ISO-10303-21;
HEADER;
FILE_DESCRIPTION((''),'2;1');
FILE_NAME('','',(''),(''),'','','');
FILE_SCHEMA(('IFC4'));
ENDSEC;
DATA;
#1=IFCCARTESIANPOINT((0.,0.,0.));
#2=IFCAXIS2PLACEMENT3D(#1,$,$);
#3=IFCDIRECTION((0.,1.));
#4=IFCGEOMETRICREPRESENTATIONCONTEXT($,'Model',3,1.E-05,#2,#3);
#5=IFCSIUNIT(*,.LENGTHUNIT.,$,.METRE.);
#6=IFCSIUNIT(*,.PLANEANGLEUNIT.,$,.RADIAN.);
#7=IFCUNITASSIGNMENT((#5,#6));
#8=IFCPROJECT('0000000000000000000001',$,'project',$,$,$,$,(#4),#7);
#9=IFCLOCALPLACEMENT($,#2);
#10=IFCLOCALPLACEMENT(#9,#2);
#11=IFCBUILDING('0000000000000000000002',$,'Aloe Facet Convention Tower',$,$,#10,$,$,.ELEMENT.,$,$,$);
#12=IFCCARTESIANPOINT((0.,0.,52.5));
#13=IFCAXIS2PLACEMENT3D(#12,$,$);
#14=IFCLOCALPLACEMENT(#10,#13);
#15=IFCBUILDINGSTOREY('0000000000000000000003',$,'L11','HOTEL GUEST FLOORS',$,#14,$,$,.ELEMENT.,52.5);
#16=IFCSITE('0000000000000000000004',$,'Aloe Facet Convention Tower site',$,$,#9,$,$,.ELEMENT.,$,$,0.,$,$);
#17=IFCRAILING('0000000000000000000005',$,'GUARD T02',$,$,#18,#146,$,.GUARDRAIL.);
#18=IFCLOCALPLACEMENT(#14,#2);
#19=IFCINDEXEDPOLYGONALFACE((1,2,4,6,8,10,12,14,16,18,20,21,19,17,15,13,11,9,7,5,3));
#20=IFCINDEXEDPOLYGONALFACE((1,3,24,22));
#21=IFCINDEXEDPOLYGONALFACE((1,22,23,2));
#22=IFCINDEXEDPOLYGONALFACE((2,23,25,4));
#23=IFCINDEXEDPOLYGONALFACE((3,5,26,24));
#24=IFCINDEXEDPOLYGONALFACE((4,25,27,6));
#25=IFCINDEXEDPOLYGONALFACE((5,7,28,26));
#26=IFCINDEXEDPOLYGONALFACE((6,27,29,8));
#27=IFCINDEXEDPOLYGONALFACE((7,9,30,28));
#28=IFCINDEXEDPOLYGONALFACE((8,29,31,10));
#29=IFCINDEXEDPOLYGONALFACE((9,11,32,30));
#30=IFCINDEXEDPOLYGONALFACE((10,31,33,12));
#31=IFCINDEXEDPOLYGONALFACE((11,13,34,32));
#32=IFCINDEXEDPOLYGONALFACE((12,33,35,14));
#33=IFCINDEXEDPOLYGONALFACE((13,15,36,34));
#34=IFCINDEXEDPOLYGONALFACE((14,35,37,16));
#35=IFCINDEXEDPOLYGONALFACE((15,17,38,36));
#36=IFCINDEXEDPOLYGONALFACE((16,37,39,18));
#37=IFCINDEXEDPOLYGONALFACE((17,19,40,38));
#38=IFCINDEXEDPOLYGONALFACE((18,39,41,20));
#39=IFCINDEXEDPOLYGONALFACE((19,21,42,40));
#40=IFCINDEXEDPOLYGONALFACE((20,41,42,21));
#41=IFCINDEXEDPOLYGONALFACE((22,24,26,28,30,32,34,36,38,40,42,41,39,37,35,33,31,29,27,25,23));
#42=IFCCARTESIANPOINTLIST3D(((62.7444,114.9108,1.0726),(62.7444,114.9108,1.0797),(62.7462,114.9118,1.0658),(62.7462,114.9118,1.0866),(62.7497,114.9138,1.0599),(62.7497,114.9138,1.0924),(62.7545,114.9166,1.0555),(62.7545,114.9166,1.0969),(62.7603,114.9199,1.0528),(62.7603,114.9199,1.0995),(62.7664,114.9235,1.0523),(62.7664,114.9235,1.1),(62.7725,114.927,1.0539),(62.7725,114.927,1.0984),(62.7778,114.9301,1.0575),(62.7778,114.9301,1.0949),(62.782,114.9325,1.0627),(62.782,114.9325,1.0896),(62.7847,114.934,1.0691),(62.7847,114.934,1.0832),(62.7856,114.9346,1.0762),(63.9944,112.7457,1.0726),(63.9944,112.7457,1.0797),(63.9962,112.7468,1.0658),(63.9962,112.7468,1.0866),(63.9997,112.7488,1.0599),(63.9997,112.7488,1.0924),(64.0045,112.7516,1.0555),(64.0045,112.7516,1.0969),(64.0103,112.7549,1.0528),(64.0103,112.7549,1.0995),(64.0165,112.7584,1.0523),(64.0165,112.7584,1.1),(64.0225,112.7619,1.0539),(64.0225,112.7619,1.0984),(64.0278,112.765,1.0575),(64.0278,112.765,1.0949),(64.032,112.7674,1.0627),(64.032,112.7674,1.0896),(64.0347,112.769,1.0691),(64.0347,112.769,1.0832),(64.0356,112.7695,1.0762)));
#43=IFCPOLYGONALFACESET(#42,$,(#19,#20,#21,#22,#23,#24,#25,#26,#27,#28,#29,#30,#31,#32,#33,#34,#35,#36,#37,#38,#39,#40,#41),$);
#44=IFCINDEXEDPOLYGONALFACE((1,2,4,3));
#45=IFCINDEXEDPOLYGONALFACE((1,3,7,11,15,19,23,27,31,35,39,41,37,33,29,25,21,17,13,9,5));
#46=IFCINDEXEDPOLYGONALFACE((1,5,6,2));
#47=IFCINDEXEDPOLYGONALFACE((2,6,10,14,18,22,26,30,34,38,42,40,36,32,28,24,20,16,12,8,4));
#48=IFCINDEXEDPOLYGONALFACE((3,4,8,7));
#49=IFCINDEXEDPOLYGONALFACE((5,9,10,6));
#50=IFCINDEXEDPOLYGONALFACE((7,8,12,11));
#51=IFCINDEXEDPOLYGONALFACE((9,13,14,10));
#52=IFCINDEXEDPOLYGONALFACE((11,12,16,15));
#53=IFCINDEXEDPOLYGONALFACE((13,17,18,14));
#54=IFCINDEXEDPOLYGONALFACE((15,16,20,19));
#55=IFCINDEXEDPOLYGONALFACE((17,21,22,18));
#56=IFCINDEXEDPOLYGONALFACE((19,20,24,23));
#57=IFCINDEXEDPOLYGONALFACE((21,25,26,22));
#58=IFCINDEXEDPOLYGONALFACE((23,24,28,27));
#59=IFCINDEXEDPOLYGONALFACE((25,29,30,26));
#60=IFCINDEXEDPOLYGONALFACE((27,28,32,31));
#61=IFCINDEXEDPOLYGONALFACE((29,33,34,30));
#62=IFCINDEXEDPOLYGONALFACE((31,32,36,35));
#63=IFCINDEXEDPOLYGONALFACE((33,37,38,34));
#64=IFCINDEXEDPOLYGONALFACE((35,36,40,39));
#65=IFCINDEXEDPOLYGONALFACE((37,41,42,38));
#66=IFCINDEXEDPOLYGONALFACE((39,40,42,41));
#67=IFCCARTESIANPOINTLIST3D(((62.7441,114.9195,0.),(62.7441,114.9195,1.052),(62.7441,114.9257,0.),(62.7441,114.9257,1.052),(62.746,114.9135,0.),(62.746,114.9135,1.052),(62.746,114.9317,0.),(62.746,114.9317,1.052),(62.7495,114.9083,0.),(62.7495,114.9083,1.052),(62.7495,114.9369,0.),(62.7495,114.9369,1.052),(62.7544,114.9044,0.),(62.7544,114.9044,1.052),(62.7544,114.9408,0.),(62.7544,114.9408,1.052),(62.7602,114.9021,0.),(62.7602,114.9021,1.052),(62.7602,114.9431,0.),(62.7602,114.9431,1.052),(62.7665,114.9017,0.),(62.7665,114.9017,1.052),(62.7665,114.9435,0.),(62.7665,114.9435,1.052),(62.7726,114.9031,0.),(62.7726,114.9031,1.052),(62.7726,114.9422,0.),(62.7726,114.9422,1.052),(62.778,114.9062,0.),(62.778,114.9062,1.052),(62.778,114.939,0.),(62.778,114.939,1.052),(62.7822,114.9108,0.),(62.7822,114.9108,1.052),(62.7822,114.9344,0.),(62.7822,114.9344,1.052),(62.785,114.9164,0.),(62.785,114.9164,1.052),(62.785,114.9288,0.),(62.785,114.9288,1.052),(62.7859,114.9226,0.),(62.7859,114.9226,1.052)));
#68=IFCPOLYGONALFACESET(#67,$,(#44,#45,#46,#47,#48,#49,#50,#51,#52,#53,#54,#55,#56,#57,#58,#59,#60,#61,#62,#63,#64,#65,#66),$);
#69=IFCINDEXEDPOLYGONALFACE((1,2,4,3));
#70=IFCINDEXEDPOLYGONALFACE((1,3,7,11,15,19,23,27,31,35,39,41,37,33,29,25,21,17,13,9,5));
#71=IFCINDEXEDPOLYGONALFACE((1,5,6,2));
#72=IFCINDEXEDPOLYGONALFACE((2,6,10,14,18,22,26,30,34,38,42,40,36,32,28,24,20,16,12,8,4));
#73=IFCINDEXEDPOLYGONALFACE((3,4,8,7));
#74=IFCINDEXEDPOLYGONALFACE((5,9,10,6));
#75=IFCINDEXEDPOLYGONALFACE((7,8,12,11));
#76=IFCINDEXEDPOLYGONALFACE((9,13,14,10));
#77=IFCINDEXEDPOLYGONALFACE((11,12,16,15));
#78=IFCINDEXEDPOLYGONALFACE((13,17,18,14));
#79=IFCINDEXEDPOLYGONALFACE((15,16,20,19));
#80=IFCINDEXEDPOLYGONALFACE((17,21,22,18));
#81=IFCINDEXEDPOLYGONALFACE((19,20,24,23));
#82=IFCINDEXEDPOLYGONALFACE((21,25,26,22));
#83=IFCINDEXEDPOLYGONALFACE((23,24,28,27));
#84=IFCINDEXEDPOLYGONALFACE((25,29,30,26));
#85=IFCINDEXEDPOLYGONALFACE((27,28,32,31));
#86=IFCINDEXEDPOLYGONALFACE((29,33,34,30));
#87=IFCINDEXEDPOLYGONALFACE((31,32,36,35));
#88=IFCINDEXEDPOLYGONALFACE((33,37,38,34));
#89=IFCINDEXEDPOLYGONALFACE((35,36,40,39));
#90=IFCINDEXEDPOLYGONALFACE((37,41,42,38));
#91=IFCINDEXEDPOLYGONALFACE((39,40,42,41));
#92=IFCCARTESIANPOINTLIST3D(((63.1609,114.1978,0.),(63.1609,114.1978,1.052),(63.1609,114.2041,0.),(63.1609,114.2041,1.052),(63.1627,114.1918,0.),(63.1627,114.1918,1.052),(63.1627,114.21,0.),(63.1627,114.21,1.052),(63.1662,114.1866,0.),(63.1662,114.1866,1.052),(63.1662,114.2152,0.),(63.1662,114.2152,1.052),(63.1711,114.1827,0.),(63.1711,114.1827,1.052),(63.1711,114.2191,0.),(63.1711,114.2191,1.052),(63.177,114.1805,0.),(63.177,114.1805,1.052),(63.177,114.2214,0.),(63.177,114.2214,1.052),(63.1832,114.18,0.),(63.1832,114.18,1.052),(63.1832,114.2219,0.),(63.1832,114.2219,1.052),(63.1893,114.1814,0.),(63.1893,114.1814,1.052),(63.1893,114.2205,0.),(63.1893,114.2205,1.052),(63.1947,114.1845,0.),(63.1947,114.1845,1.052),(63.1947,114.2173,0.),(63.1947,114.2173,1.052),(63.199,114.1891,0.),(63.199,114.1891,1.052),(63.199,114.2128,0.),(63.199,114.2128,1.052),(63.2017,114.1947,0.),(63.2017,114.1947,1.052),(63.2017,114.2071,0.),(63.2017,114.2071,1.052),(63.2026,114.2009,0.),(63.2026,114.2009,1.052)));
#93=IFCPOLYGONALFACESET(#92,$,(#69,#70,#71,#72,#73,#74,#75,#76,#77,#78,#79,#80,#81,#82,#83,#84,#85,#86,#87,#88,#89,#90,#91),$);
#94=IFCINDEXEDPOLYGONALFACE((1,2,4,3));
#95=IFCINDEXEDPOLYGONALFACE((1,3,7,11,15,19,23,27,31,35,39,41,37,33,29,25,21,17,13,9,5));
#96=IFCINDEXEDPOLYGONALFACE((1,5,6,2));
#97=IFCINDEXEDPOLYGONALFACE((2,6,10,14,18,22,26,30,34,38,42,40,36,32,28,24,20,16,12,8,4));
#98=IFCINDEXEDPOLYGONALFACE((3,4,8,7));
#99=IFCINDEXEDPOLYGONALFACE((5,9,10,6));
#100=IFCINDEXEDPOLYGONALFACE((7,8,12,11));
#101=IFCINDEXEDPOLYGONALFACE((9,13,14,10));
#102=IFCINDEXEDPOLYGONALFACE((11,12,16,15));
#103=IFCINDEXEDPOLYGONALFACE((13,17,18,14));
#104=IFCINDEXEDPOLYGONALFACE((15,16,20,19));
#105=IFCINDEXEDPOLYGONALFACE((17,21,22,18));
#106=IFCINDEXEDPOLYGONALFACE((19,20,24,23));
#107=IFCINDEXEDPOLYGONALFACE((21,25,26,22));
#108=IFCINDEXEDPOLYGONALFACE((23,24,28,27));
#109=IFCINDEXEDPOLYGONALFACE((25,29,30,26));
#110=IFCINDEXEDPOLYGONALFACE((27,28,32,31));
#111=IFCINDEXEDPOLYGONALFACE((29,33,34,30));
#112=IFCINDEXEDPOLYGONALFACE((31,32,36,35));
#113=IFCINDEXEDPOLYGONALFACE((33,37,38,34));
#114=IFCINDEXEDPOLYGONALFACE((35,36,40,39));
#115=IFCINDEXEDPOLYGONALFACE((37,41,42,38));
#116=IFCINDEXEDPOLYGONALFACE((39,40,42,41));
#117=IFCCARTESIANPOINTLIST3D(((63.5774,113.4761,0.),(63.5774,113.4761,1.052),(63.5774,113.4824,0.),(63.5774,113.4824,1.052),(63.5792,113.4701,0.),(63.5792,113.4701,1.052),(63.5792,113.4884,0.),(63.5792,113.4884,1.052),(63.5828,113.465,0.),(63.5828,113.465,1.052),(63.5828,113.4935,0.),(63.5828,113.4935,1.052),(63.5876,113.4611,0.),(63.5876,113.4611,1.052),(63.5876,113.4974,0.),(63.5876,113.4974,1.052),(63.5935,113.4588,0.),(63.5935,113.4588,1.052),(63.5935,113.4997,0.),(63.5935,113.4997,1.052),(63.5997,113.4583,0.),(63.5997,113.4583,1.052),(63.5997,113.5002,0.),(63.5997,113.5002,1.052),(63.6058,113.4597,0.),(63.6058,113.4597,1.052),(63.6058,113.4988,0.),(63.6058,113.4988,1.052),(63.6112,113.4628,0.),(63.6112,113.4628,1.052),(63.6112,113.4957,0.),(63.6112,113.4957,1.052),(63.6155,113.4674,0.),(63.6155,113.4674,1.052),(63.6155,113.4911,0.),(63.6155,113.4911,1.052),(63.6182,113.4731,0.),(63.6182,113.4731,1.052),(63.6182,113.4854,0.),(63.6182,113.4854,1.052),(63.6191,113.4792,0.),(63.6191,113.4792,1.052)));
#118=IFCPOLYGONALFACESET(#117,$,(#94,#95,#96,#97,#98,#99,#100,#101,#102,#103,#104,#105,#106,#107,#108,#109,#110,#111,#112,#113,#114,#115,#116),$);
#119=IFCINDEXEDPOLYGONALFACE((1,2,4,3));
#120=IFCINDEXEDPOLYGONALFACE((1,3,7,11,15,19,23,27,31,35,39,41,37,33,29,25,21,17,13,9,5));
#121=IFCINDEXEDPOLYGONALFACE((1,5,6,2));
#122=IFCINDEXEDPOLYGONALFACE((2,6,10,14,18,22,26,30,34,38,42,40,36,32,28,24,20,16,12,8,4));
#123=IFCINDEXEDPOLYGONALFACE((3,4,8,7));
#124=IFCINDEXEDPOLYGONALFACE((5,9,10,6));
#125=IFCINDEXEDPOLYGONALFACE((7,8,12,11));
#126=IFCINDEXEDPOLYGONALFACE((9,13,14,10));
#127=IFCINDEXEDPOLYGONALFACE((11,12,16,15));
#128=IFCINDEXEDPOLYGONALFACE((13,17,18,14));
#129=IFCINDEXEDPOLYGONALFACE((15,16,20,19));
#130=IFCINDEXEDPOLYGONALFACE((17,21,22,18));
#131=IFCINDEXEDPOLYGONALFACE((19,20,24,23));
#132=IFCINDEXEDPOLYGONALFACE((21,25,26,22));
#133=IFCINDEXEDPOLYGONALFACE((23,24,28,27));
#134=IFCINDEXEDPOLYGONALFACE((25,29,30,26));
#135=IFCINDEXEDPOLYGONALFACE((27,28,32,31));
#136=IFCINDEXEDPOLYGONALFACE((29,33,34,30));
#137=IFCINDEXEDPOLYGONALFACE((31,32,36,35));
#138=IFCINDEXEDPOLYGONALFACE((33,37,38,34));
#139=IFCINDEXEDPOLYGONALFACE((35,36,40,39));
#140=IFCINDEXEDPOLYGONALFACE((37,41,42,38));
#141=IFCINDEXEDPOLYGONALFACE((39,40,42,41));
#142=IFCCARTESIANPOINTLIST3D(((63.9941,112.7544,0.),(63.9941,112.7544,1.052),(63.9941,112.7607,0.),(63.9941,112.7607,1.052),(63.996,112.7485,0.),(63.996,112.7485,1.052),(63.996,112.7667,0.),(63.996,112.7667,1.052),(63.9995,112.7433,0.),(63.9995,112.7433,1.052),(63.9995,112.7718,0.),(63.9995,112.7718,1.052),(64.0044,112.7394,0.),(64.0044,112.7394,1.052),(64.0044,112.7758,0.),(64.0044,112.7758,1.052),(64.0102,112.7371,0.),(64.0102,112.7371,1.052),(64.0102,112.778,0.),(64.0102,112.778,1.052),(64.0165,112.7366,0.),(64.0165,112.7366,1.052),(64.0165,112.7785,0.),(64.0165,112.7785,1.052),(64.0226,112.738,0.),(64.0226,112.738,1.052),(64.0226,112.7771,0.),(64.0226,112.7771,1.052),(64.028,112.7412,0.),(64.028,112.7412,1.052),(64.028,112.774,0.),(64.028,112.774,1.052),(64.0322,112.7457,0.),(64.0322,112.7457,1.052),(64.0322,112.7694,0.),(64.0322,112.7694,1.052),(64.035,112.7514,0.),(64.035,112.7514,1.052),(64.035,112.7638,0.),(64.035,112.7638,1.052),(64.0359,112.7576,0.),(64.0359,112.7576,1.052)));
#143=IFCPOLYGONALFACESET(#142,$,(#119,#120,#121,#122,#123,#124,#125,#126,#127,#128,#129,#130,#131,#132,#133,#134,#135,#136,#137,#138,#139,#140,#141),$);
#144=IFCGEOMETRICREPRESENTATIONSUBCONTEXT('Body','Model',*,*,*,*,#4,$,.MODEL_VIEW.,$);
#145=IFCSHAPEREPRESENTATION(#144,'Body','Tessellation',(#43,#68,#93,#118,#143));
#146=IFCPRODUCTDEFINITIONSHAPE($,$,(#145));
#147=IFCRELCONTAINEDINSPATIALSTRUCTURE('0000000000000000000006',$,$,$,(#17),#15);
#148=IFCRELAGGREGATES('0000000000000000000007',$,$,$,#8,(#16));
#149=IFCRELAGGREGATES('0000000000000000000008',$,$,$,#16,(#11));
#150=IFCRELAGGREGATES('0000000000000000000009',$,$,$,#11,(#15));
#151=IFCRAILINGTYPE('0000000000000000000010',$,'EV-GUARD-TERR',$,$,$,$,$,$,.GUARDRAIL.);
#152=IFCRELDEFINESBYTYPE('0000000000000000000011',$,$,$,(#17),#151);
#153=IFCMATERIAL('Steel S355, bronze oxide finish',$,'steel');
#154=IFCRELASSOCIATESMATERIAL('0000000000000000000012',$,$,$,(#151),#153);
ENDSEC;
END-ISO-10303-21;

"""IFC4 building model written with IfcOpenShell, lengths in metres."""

from ifc_helpers import new_model, si_unit, direction, frame, origin, origin_2d, place, context, subcontext, project, spatial, circle, extrude, material, type_object, element, save


model = new_model("IFC4")

# Units and contexts
model_context = context("Model", 3, precision=1e-05, world=origin(), true_north=direction((0.0, 1.0)))
body_context = subcontext(model_context, "Body", "Model", "MODEL_VIEW")
ifc_project = project(units=[si_unit("LENGTHUNIT", "METRE"), si_unit("PLANEANGLEUNIT", "RADIAN")], contexts=[model_context])

# Site, building, storey
site_placement = place(None, origin())
site = spatial("IfcSite", under=ifc_project, at=site_placement, Name="Aloe Facet Convention Tower site", CompositionType="ELEMENT", RefElevation=0.0)
building_placement = place(site_placement, origin())
building = spatial("IfcBuilding", under=site, at=building_placement, Name="Aloe Facet Convention Tower", CompositionType="ELEMENT")
storey_placement = place(building_placement, frame((0.0, 0.0, 52.5)))
storey = spatial("IfcBuildingStorey", under=building, at=storey_placement, Name="L11", Description="HOTEL GUEST FLOORS", CompositionType="ELEMENT", Elevation=52.5)

# Railing
ifc_material_1 = material(Name="Steel S355, bronze oxide finish", Category="steel")
railing_type = type_object("IfcRailingType", Name="EV-GUARD-TERR", PredefinedType="GUARDRAIL", material=ifc_material_1)
railing_placement = place(storey_placement, frame((62.7649, 114.9226, 0.0)))
element("IfcRailing", 1, at=railing_placement, inside=storey, type_object=railing_type, Name="GUARD T02", PredefinedType="GUARDRAIL", context=body_context, shape_type="SweptSolid", body=[
    extrude(circle(Radius=0.0239, at=origin_2d()), frame((0.0, 0.0, 1.0762), z_axis=(0.500004, -0.866023, 0.0), x_axis=(0.866023, 0.500004, 0.0)), (0.0, 0.0, 1.0), 2.5),
    extrude(circle(Radius=0.021, at=origin_2d()), origin(), (0.0, 0.0, 1.0), 1.052),
    extrude(circle(Radius=0.021, at=origin_2d()), frame((0.4167, -0.7217, 0.0)), (0.0, 0.0, 1.0), 1.052),
    extrude(circle(Radius=0.021, at=origin_2d()), frame((0.8333, -1.4434, 0.0)), (0.0, 0.0, 1.0), 1.052),
    extrude(circle(Radius=0.021, at=origin_2d()), frame((1.25, -2.165, 0.0)), (0.0, 0.0, 1.0), 1.052),
])

save(model, "model.ifc")
